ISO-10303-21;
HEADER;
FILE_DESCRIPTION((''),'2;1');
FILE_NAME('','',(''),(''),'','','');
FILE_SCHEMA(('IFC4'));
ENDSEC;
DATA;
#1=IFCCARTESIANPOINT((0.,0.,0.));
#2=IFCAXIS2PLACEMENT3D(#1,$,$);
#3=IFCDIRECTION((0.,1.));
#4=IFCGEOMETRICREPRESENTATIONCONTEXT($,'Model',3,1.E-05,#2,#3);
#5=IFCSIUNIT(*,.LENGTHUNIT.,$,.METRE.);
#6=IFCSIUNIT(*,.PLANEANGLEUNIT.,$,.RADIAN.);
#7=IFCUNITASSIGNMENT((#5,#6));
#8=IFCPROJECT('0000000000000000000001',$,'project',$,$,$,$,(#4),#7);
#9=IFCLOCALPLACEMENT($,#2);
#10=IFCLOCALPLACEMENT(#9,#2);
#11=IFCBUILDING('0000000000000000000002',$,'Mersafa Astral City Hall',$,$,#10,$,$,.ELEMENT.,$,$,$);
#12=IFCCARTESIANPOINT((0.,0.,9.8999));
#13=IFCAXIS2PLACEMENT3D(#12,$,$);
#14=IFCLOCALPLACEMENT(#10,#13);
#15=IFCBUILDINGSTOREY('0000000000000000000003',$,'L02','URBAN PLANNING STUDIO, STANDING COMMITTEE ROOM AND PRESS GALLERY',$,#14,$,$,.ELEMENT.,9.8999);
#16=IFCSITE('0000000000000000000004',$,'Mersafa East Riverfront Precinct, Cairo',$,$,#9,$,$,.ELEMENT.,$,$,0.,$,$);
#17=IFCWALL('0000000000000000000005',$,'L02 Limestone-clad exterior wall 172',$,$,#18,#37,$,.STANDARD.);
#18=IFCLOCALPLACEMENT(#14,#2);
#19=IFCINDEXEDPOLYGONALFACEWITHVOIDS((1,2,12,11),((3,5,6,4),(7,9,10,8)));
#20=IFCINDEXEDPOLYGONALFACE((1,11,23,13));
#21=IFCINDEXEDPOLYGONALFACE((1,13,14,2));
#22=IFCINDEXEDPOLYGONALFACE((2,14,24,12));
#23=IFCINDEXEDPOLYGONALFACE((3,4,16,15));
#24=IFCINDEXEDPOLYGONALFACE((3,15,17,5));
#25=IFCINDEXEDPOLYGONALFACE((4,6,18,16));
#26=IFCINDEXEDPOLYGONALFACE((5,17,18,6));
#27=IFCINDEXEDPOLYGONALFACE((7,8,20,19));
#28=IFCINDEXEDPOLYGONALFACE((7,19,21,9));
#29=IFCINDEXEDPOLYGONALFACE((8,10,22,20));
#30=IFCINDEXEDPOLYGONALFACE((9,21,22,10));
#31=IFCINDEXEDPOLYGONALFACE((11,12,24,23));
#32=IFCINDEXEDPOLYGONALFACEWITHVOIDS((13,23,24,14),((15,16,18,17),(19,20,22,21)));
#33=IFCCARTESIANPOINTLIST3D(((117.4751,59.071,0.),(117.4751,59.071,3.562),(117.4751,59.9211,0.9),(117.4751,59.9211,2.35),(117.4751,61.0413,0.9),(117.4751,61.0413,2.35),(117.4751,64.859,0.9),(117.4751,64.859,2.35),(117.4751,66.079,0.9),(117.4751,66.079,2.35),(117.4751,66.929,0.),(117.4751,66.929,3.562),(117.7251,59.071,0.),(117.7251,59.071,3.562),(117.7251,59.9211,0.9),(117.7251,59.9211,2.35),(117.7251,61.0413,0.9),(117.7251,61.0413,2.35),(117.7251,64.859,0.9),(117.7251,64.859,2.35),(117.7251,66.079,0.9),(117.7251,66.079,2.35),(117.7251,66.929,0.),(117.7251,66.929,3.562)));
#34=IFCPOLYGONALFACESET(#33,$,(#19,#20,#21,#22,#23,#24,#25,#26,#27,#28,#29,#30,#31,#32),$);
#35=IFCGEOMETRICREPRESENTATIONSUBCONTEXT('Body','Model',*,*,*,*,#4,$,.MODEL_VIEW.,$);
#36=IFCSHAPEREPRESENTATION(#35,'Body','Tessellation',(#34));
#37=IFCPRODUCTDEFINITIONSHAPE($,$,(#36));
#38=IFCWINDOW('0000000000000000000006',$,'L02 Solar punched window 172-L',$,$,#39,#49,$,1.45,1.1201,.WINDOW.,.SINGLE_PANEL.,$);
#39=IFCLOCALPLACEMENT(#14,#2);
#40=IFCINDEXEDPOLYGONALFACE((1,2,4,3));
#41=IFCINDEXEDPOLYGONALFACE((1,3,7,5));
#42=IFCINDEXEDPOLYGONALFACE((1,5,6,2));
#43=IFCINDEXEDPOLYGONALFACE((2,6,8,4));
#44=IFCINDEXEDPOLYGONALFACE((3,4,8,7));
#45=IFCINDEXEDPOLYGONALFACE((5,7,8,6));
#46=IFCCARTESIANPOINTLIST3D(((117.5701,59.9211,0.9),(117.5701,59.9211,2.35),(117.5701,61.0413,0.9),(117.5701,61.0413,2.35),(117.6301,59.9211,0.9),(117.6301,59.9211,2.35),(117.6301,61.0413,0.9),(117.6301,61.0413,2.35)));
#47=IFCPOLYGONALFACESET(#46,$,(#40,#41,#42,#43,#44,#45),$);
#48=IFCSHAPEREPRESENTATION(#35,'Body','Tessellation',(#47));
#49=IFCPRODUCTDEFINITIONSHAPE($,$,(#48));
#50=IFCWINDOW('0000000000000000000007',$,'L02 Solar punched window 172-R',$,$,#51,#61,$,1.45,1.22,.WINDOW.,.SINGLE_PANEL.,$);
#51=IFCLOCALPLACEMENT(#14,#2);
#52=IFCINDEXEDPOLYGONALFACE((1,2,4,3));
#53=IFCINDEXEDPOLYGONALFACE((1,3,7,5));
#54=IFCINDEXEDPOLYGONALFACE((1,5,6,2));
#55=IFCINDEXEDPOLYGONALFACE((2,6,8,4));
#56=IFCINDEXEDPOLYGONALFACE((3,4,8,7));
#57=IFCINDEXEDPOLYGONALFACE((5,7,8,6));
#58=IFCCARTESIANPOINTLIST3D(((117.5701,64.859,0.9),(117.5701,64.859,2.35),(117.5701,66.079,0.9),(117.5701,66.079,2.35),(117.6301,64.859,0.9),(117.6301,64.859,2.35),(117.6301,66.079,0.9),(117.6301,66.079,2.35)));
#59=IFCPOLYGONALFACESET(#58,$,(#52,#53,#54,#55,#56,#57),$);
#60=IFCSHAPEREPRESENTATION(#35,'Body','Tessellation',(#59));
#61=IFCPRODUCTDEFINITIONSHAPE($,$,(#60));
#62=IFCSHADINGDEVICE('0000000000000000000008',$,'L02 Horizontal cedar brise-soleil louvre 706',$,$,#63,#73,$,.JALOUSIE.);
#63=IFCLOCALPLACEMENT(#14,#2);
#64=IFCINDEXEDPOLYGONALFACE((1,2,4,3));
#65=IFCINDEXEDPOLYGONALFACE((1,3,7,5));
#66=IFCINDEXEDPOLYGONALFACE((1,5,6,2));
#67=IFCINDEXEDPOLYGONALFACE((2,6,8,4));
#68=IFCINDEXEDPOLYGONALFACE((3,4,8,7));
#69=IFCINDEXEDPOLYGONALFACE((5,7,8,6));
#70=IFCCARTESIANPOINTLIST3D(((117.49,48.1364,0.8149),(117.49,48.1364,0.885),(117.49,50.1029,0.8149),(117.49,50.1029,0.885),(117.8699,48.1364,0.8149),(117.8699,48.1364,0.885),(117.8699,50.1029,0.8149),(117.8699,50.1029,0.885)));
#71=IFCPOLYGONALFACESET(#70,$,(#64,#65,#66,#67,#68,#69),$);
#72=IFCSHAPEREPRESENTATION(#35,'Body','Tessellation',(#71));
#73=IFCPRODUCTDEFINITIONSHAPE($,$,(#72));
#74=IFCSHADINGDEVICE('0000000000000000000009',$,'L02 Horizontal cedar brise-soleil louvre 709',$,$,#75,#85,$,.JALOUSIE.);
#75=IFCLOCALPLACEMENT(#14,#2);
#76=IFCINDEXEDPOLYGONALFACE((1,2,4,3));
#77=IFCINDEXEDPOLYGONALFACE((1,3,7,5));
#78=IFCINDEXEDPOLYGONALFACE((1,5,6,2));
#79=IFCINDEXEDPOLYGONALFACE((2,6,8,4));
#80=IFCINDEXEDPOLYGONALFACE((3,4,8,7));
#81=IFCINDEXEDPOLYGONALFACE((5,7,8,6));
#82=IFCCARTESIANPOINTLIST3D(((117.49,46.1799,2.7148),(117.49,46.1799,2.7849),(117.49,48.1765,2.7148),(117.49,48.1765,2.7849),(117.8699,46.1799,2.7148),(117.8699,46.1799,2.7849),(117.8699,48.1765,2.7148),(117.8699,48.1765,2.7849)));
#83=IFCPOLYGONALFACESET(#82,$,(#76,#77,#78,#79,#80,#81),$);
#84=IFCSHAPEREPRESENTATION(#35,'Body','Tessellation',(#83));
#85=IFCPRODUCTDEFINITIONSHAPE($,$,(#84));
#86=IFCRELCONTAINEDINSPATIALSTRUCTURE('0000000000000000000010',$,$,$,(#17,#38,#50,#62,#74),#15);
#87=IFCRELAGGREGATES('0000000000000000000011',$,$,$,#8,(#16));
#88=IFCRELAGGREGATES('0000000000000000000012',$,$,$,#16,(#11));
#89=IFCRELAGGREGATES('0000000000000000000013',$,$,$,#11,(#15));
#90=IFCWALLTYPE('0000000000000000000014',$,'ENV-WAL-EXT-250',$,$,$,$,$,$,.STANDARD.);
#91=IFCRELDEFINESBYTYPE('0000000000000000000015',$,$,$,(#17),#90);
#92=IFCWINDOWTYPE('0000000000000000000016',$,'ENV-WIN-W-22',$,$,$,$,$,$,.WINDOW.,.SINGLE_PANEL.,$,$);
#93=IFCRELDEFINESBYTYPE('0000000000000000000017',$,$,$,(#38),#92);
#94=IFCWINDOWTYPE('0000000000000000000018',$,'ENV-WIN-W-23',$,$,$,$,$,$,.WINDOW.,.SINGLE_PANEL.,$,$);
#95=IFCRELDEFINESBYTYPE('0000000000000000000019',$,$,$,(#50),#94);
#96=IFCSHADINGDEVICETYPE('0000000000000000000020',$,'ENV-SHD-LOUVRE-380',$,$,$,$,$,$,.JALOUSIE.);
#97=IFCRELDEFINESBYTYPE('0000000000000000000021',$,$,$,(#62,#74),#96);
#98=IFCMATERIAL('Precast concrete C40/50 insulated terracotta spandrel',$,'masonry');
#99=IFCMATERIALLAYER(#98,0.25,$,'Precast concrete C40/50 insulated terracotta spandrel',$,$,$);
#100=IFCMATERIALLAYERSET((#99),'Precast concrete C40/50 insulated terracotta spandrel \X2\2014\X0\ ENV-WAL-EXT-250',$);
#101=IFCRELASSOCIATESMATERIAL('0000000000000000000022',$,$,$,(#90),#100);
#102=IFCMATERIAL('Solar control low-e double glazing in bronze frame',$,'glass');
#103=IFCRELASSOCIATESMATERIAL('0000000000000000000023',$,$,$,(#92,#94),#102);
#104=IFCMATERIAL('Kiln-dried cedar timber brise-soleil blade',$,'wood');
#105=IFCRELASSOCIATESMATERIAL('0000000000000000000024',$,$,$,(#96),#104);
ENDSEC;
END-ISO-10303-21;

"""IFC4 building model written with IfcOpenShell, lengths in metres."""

from ifc_helpers import new_model, si_unit, direction, frame, frame_2d, origin, origin_2d, place, context, subcontext, project, spatial, rectangle, extrude, material, layer, layer_set, type_object, element, fill, save


model = new_model("IFC4")

# Units and contexts
model_context = context("Model", 3, precision=1e-05, world=origin(), true_north=direction((0.0, 1.0)))
body_context = subcontext(model_context, "Body", "Model", "MODEL_VIEW")
ifc_project = project(units=[si_unit("LENGTHUNIT", "METRE"), si_unit("PLANEANGLEUNIT", "RADIAN")], contexts=[model_context])

# Site, building, storey
site_placement = place(None, origin())
site = spatial("IfcSite", under=ifc_project, at=site_placement, Name="Mersafa East Riverfront Precinct, Cairo", CompositionType="ELEMENT", RefElevation=0.0)
building_placement = place(site_placement, origin())
building = spatial("IfcBuilding", under=site, at=building_placement, Name="Mersafa Astral City Hall", CompositionType="ELEMENT")
storey_placement = place(building_placement, frame((0.0, 0.0, 9.8999)))
storey = spatial("IfcBuildingStorey", under=building, at=storey_placement, Name="L02", Description="URBAN PLANNING STUDIO, STANDING COMMITTEE ROOM AND PRESS GALLERY", CompositionType="ELEMENT", Elevation=9.8999)

# Wall, openings, windows
ifc_material_1 = material(Name="Precast concrete C40/50 insulated terracotta spandrel", Category="masonry")
ifc_layer_1 = layer(ifc_material_1, 0.25, Name="Precast concrete C40/50 insulated terracotta spandrel")
ifc_layer_set_1 = layer_set([ifc_layer_1], Name="Precast concrete C40/50 insulated terracotta spandrel — ENV-WAL-EXT-250")
wall_type = type_object("IfcWallType", Name="ENV-WAL-EXT-250", PredefinedType="STANDARD", material=ifc_layer_set_1)
wall_placement = place(storey_placement, frame((117.6001, 59.071, 0.0), z_axis=(0.0, 0.0, 1.0), x_axis=(0.0, 1.0, 0.0)))
wall = element("IfcWall", 1, at=wall_placement, inside=storey, type_object=wall_type, Name="L02 Limestone-clad exterior wall 172", PredefinedType="STANDARD", context=body_context, shape_type="SweptSolid", body=[
    extrude(rectangle(XDim=7.8579, YDim=0.25, at=frame_2d((3.929, 0.0))), origin(), (0.0, 0.0, 1.0), 3.562),
])
opening_1_placement = place(wall_placement, frame((0.8501, 0.0, 0.8999)))
opening_1 = element("IfcOpeningElement", 2, at=opening_1_placement, cuts=wall, PredefinedType="OPENING", context=body_context, shape_type="SweptSolid", body=[
    extrude(rectangle(XDim=1.1201, YDim=1.45, at=frame_2d((0.5601, 0.7251))), frame((0.0, 0.135, 0.0), z_axis=(0.0, -1.0, 0.0), x_axis=(1.0, 0.0, 0.0)), (0.0, 0.0, 1.0), 0.27),
])
opening_2_placement = place(wall_placement, frame((5.7881, 0.0, 0.8999)))
opening_2 = element("IfcOpeningElement", 3, at=opening_2_placement, cuts=wall, PredefinedType="OPENING", context=body_context, shape_type="SweptSolid", body=[
    extrude(rectangle(XDim=1.22, YDim=1.45, at=frame_2d((0.6099, 0.7251))), frame((0.0, 0.135, 0.0), z_axis=(0.0, -1.0, 0.0), x_axis=(1.0, 0.0, 0.0)), (0.0, 0.0, 1.0), 0.27),
])
ifc_material_2 = material(Name="Solar control low-e double glazing in bronze frame", Category="glass")
window_type_1 = type_object("IfcWindowType", Name="ENV-WIN-W-22", PartitioningType="SINGLE_PANEL", PredefinedType="WINDOW", material=ifc_material_2)
window_1_placement = place(opening_1_placement, origin())
window_1 = element("IfcWindow", 4, at=window_1_placement, inside=storey, type_object=window_type_1, Name="L02 Solar punched window 172-L", OverallHeight=1.45, OverallWidth=1.1201, PartitioningType="SINGLE_PANEL", PredefinedType="WINDOW", context=body_context, shape_type="SweptSolid", body=[
    extrude(rectangle(XDim=1.1201, YDim=1.45, at=frame_2d((0.5601, 0.7251))), frame((0.0, 0.03, 0.0), z_axis=(0.0, -1.0, 0.0), x_axis=(1.0, 0.0, 0.0)), (0.0, 0.0, 1.0), 0.0601),
])
fill(opening_1, window_1)
window_type_2 = type_object("IfcWindowType", Name="ENV-WIN-W-23", PartitioningType="SINGLE_PANEL", PredefinedType="WINDOW", material=ifc_material_2)
window_2_placement = place(opening_2_placement, origin())
window_2 = element("IfcWindow", 5, at=window_2_placement, inside=storey, type_object=window_type_2, Name="L02 Solar punched window 172-R", OverallHeight=1.45, OverallWidth=1.22, PartitioningType="SINGLE_PANEL", PredefinedType="WINDOW", context=body_context, shape_type="SweptSolid", body=[
    extrude(rectangle(XDim=1.22, YDim=1.45, at=frame_2d((0.6099, 0.7251))), frame((0.0, 0.03, 0.0), z_axis=(0.0, -1.0, 0.0), x_axis=(1.0, 0.0, 0.0)), (0.0, 0.0, 1.0), 0.0601),
])
fill(opening_2, window_2)

# Shading devices
ifc_material_3 = material(Name="Kiln-dried cedar timber brise-soleil blade", Category="wood")
shading_device_type = type_object("IfcShadingDeviceType", Name="ENV-SHD-LOUVRE-380", PredefinedType="JALOUSIE", material=ifc_material_3)
shading_device_1_placement = place(storey_placement, frame((117.6799, 49.1196, 0.8149), z_axis=(0.0, 0.0, 1.0), x_axis=(0.0, 1.0, 0.0)))
element("IfcShadingDevice", 6, at=shading_device_1_placement, inside=storey, type_object=shading_device_type, Name="L02 Horizontal cedar brise-soleil louvre 706", PredefinedType="JALOUSIE", context=body_context, shape_type="SweptSolid", body=[
    extrude(rectangle(XDim=1.9666, YDim=0.3799, at=origin_2d()), origin(), (0.0, 0.0, 1.0), 0.0701),
])
shading_device_2_placement = place(storey_placement, frame((117.6799, 47.1782, 2.7148), z_axis=(0.0, 0.0, 1.0), x_axis=(0.0, 1.0, 0.0)))
element("IfcShadingDevice", 7, at=shading_device_2_placement, inside=storey, type_object=shading_device_type, Name="L02 Horizontal cedar brise-soleil louvre 709", PredefinedType="JALOUSIE", context=body_context, shape_type="SweptSolid", body=[
    extrude(rectangle(XDim=1.9966, YDim=0.3799, at=origin_2d()), origin(), (0.0, 0.0, 1.0), 0.0701),
])

save(model, "model.ifc")
